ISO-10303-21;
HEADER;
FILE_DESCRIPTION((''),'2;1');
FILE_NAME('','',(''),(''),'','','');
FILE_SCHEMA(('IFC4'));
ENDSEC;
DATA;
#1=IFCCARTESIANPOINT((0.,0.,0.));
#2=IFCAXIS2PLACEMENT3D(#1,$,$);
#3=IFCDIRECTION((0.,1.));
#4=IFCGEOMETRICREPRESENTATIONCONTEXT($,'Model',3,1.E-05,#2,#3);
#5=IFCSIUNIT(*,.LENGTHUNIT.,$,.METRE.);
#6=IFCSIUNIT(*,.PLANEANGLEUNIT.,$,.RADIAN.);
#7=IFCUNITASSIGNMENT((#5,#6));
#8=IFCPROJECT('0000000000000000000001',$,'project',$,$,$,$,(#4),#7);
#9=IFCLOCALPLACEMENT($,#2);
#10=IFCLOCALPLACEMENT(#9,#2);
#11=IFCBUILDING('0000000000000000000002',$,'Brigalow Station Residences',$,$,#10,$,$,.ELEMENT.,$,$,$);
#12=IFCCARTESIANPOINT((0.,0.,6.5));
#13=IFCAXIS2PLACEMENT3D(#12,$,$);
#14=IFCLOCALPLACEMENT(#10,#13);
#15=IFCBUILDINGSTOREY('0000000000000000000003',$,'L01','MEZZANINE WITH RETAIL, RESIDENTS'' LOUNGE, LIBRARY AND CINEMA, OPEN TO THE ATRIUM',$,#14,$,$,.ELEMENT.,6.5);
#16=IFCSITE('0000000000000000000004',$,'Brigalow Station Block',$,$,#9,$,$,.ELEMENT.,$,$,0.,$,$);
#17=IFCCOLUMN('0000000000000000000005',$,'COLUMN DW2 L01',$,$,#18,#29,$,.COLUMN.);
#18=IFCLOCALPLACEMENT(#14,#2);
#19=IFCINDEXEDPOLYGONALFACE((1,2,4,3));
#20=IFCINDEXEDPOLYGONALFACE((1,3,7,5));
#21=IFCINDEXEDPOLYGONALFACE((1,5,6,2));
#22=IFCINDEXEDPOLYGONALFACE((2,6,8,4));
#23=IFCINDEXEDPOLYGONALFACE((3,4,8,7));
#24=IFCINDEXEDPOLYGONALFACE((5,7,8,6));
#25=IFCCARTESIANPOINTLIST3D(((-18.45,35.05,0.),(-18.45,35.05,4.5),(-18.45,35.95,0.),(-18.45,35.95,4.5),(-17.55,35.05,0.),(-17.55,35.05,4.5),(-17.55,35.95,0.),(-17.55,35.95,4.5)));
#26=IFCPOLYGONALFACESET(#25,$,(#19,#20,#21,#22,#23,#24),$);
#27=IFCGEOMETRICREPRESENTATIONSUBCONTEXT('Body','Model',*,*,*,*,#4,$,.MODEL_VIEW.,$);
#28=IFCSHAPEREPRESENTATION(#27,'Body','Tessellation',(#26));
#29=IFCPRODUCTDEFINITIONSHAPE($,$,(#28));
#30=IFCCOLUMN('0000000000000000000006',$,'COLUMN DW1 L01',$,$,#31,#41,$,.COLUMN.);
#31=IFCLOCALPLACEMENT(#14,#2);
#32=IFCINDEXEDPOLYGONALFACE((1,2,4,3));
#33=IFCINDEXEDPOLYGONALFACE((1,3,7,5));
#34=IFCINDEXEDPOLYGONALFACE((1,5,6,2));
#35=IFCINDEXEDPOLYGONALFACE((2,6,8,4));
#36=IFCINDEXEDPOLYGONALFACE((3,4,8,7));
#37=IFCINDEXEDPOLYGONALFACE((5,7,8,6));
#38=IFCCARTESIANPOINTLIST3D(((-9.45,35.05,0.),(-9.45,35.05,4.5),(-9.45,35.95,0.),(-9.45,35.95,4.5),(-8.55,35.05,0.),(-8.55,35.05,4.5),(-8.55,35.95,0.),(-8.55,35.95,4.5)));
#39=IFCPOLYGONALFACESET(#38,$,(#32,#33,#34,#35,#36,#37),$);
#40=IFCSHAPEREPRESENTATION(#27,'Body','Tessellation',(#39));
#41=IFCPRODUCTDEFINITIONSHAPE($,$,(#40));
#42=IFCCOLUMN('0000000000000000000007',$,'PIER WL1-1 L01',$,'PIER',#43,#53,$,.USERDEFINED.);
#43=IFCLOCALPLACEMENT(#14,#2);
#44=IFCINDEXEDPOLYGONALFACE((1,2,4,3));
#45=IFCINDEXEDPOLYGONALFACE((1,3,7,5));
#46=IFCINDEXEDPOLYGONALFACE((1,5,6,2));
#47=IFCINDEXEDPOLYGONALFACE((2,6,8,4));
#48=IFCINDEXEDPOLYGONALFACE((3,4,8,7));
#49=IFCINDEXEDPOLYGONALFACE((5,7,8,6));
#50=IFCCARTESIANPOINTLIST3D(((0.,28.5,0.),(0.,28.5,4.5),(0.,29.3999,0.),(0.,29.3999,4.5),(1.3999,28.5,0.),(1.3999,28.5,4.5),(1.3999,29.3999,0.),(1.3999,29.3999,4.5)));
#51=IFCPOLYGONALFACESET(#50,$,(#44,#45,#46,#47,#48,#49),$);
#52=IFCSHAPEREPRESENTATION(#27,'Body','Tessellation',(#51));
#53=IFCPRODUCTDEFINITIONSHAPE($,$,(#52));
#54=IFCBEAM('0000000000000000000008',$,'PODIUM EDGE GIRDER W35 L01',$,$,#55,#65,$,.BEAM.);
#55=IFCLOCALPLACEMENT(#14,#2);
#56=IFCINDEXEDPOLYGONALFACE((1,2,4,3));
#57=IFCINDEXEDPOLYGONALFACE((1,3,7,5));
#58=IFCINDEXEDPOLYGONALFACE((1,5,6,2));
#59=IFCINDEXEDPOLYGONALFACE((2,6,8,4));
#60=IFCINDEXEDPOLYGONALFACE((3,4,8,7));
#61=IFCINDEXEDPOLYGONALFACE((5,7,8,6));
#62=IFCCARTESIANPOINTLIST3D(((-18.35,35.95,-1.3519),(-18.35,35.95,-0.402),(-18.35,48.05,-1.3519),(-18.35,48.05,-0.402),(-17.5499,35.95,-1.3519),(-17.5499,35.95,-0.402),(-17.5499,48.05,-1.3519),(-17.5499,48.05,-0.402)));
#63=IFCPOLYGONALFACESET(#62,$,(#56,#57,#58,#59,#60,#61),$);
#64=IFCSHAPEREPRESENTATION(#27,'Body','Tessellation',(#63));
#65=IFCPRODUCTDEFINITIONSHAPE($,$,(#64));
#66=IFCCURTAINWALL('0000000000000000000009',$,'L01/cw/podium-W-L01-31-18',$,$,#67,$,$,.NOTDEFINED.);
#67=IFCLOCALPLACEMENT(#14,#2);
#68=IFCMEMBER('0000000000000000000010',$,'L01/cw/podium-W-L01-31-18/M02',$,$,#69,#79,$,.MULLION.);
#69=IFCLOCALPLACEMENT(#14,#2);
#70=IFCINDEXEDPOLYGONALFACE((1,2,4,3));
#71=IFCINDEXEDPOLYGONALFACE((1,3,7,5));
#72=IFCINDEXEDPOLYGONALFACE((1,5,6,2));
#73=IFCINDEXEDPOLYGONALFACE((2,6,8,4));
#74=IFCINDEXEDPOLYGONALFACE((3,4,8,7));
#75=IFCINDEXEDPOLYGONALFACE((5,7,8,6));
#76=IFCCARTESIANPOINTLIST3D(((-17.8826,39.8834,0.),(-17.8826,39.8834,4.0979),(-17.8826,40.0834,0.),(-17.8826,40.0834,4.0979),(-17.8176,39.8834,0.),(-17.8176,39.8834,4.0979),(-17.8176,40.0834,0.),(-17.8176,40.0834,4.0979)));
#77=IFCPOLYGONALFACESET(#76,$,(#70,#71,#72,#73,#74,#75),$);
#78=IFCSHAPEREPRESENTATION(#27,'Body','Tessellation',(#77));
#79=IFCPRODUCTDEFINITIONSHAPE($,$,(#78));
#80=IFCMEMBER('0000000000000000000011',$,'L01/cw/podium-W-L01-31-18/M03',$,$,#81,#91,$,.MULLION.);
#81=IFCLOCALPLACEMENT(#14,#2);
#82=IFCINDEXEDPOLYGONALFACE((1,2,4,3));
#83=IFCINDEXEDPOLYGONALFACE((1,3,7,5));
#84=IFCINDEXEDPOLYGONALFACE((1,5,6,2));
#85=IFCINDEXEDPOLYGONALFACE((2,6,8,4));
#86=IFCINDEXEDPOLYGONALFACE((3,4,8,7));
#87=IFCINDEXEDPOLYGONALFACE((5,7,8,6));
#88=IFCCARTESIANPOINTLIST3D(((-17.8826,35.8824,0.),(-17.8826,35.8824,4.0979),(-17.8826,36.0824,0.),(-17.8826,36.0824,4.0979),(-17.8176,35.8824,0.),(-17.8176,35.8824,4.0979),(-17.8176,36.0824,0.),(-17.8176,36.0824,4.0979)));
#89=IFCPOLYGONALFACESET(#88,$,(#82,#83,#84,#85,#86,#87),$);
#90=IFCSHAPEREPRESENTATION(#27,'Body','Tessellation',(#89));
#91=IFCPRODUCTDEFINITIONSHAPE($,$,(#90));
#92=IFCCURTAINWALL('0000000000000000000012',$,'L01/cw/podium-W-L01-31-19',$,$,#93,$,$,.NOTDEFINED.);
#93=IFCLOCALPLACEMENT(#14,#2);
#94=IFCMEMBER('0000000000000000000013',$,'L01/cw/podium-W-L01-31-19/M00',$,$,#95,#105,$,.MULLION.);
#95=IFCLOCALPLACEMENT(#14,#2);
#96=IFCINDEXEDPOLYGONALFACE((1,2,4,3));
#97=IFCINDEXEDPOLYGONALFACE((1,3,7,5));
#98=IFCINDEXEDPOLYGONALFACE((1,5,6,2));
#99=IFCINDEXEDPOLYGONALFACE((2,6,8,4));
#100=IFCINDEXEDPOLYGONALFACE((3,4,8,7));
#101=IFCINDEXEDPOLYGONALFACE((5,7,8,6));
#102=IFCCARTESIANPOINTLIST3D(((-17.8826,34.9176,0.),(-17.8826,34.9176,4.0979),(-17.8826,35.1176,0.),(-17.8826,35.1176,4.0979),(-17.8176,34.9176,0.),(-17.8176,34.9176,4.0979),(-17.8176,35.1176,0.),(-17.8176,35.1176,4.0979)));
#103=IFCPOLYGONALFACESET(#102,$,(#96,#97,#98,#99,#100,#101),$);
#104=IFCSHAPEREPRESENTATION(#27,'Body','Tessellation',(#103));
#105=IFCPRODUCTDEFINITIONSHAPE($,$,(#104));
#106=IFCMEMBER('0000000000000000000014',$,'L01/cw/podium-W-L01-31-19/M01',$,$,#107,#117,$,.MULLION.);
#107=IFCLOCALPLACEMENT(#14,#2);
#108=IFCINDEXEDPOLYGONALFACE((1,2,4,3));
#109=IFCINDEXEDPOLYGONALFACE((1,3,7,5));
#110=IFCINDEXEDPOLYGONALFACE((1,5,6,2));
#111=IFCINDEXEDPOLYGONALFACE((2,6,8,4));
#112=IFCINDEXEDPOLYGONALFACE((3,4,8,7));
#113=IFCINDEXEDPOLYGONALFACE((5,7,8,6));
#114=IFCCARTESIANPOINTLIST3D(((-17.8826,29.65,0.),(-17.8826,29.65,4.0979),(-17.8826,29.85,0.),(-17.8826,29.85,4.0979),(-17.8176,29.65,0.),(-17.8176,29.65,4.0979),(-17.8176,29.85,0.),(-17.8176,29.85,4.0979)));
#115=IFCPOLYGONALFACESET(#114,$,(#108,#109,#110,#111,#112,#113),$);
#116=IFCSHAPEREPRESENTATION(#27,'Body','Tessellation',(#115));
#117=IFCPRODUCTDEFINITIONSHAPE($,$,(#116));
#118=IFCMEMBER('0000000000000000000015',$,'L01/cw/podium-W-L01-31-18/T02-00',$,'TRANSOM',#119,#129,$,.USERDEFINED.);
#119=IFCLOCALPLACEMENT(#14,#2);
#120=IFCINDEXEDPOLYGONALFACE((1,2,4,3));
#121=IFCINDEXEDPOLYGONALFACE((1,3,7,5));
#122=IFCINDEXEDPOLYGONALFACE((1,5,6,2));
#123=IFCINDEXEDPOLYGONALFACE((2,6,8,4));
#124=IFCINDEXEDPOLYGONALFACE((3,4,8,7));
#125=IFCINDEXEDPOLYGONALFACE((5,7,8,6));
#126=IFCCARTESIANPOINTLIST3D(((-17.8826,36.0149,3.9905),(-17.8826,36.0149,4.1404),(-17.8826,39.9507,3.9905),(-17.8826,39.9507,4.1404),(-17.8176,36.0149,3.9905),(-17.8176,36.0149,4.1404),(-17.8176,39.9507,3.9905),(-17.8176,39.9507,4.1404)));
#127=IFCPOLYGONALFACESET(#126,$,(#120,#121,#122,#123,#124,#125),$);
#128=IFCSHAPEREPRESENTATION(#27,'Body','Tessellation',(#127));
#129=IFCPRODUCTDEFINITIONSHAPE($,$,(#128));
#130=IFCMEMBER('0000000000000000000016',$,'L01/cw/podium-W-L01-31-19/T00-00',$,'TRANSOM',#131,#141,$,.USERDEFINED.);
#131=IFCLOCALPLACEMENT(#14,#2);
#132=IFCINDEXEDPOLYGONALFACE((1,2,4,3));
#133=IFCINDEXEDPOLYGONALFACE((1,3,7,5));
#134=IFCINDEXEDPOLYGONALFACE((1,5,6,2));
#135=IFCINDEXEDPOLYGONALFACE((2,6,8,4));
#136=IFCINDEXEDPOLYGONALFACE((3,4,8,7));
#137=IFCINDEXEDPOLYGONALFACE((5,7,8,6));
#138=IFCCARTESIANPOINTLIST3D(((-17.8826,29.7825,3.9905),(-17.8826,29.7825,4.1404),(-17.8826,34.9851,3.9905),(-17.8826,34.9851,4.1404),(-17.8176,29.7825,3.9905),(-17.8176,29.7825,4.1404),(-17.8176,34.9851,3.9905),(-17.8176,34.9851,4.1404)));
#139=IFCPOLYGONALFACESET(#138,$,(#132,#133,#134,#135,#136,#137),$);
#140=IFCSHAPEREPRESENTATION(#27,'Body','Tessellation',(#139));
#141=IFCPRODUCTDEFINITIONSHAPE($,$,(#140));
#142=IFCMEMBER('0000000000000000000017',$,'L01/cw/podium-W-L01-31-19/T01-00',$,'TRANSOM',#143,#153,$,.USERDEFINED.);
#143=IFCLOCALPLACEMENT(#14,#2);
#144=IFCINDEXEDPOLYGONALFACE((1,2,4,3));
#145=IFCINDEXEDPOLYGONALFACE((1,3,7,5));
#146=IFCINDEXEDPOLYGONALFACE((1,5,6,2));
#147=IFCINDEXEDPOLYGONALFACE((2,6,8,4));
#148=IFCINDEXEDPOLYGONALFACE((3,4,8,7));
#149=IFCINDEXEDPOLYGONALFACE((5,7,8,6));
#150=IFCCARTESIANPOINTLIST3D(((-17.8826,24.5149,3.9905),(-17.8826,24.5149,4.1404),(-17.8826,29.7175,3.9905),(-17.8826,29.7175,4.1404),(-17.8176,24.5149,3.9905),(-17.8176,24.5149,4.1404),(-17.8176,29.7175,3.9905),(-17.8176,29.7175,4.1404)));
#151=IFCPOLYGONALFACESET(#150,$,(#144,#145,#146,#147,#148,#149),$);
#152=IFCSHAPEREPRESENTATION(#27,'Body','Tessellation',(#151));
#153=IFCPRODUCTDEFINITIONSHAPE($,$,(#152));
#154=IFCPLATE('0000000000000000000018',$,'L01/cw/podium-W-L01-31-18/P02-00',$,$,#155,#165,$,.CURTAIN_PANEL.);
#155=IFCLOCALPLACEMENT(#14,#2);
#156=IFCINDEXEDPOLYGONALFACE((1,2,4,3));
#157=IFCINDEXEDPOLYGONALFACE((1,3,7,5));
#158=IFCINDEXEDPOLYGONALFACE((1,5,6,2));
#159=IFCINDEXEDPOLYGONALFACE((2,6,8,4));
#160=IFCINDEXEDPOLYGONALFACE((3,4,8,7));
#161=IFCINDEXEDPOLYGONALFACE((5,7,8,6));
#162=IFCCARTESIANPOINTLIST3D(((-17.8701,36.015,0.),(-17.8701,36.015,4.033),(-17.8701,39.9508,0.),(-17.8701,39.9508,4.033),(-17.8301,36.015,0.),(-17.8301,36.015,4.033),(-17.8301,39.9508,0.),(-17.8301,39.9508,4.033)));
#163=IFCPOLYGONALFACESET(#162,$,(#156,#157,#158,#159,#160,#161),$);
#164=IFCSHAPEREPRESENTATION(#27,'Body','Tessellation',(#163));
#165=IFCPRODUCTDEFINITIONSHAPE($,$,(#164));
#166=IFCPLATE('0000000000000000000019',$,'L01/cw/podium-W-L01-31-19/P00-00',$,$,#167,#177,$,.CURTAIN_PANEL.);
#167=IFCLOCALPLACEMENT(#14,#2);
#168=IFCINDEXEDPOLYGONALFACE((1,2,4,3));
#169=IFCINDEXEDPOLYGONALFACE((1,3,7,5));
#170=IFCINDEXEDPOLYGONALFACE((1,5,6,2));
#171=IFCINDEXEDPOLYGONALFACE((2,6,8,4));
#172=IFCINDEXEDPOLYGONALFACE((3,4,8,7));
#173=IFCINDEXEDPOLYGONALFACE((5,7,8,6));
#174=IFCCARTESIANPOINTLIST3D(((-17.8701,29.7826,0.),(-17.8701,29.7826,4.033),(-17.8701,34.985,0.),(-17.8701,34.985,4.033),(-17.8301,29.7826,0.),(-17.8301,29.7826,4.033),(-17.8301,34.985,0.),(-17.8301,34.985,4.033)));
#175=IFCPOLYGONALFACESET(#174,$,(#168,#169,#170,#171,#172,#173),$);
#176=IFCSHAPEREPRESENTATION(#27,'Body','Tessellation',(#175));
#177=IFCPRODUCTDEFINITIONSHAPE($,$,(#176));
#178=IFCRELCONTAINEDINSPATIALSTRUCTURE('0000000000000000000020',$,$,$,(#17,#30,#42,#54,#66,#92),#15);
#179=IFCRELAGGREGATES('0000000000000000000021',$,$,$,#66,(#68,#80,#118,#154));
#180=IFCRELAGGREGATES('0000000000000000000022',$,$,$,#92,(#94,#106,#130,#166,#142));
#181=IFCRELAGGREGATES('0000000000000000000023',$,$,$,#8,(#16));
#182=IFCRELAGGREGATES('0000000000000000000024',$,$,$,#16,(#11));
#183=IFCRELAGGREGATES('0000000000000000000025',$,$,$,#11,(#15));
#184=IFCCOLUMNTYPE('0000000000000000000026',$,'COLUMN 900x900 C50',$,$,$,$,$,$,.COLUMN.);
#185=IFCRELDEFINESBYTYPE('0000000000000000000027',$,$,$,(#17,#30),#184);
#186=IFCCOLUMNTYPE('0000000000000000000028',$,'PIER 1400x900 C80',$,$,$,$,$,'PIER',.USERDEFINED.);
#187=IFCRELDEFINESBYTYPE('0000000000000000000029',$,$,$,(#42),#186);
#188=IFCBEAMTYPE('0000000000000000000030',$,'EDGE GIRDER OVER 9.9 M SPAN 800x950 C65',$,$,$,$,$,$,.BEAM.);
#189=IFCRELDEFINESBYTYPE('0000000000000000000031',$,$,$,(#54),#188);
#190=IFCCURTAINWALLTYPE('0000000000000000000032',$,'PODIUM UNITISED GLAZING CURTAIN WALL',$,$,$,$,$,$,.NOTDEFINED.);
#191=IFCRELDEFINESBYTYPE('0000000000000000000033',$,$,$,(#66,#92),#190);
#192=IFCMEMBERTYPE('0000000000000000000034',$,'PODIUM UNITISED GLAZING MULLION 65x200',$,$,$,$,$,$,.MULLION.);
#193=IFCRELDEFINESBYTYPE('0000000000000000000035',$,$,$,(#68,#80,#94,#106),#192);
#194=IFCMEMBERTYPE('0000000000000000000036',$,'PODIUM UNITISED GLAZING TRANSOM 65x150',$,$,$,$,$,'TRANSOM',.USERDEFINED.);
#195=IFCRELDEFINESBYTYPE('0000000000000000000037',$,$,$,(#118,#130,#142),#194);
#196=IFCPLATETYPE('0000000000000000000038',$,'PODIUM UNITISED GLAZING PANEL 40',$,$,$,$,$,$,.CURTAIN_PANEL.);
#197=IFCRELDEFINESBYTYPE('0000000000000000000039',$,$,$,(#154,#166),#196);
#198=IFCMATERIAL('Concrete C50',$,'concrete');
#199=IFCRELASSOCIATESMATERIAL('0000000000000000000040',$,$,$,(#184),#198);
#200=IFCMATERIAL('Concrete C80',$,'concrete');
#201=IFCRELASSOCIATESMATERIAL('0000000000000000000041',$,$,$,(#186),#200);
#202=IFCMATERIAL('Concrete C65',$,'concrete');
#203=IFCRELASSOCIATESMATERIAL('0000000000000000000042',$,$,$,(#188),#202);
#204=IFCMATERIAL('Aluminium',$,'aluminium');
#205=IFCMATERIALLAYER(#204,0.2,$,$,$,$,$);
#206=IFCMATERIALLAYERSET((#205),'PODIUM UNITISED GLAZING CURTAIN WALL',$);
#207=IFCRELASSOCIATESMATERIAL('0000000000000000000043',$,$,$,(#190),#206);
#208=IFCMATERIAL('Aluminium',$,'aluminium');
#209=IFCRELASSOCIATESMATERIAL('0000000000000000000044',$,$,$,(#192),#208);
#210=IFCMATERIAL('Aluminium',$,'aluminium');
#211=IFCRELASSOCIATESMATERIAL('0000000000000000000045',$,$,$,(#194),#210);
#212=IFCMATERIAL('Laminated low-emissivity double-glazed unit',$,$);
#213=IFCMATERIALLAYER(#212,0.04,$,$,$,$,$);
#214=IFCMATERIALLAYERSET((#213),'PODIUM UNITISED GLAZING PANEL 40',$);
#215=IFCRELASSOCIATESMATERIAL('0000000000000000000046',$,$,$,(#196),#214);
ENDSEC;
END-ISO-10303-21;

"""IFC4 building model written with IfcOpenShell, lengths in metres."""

from ifc_helpers import new_model, si_unit, direction, frame, origin, origin_2d, place, context, subcontext, project, spatial, rectangle, extrude, material, layer, layer_set, material_profile, profile_set, type_object, element, aggregate, save


model = new_model("IFC4")

# Units and contexts
model_context = context("Model", 3, precision=1e-05, world=origin(), true_north=direction((0.0, 1.0)))
body_context = subcontext(model_context, "Body", "Model", "MODEL_VIEW")
ifc_project = project(units=[si_unit("LENGTHUNIT", "METRE"), si_unit("PLANEANGLEUNIT", "RADIAN")], contexts=[model_context])

# Site, building, storey
site_placement = place(None, origin())
site = spatial("IfcSite", under=ifc_project, at=site_placement, Name="Brigalow Station Block", CompositionType="ELEMENT", RefElevation=0.0)
building_placement = place(site_placement, origin())
building = spatial("IfcBuilding", under=site, at=building_placement, Name="Brigalow Station Residences", CompositionType="ELEMENT")
storey_placement = place(building_placement, frame((0.0, 0.0, 6.5)))
storey = spatial("IfcBuildingStorey", under=building, at=storey_placement, Name="L01", Description="MEZZANINE WITH RETAIL, RESIDENTS' LOUNGE, LIBRARY AND CINEMA, OPEN TO THE ATRIUM", CompositionType="ELEMENT", Elevation=6.5)

# Columns
ifc_material_1 = material(Name="Concrete C50", Category="concrete")
ifc_material_profile_1 = material_profile(ifc_material_1, rectangle(XDim=0.8999, YDim=0.8999, at=origin_2d()), Name="RC900x900")
ifc_profile_set_1 = profile_set([ifc_material_profile_1], Name="Concrete C50")
column_type_1 = type_object("IfcColumnType", Name="COLUMN 900x900 C50", PredefinedType="COLUMN", material=ifc_profile_set_1)
for number, where, z_axis, x_axis, name in (
    (1, (-18.0, 35.5, 0.0), (0.0, 0.0, 1.0), (1.0, 0.0, 0.0), "COLUMN DW2 L01"),
    (2, (-9.0, 35.5, 0.0), (0.0, 0.0, 1.0), (1.0, 0.0, 0.0), "COLUMN DW1 L01"),
):
    element("IfcColumn", number, at=place(storey_placement, frame(where, z_axis=z_axis, x_axis=x_axis)), inside=storey, type_object=column_type_1, Name=name, PredefinedType="COLUMN", context=body_context, shape_type="SweptSolid", body=[
        extrude(rectangle(XDim=0.8999, YDim=0.8999, at=origin_2d()), origin(), (0.0, 0.0, 1.0), 4.5),
    ])
ifc_material_2 = material(Name="Concrete C80", Category="concrete")
ifc_material_profile_2 = material_profile(ifc_material_2, rectangle(XDim=1.3999, YDim=0.8999, at=origin_2d()), Name="RC1400x900")
ifc_profile_set_2 = profile_set([ifc_material_profile_2], Name="Concrete C80")
column_type_2 = type_object("IfcColumnType", Name="PIER 1400x900 C80", ElementType="PIER", PredefinedType="USERDEFINED", material=ifc_profile_set_2)
column_placement = place(storey_placement, frame((0.7, 28.95, 0.0), z_axis=(0.0, 0.0, 1.0), x_axis=(1.0, 0.0, 0.0)))
element("IfcColumn", 3, at=column_placement, inside=storey, type_object=column_type_2, Name="PIER WL1-1 L01", ObjectType="PIER", PredefinedType="USERDEFINED", context=body_context, shape_type="SweptSolid", body=[
    extrude(rectangle(XDim=1.3999, YDim=0.8999, at=origin_2d()), origin(), (0.0, 0.0, 1.0), 4.5),
])

# Beam
ifc_material_3 = material(Name="Concrete C65", Category="concrete")
ifc_material_profile_3 = material_profile(ifc_material_3, rectangle(XDim=0.8, YDim=0.95, at=origin_2d()), Name="RC800x950")
ifc_profile_set_3 = profile_set([ifc_material_profile_3], Name="Concrete C65")
beam_type = type_object("IfcBeamType", Name="EDGE GIRDER OVER 9.9 M SPAN 800x950 C65", PredefinedType="BEAM", material=ifc_profile_set_3)
beam_placement = place(storey_placement, frame((-17.95, 35.95, -0.877), z_axis=(0.0, 1.0, 0.0), x_axis=(-1.0, 0.0, 0.0)))
element("IfcBeam", 4, at=beam_placement, inside=storey, type_object=beam_type, Name="PODIUM EDGE GIRDER W35 L01", PredefinedType="BEAM", context=body_context, shape_type="SweptSolid", body=[
    extrude(rectangle(XDim=0.8, YDim=0.95, at=origin_2d()), origin(), (0.0, 0.0, 1.0), 12.1001),
])

# Curtain walls, members
ifc_material_4 = material(Name="Aluminium", Category="aluminium")
ifc_layer_1 = layer(ifc_material_4, 0.2)
ifc_layer_set_1 = layer_set([ifc_layer_1], Name="PODIUM UNITISED GLAZING CURTAIN WALL")
curtain_wall_type = type_object("IfcCurtainWallType", Name="PODIUM UNITISED GLAZING CURTAIN WALL", PredefinedType="NOTDEFINED", material=ifc_layer_set_1)
curtain_wall_1_placement = place(storey_placement, origin())
curtain_wall_1 = element("IfcCurtainWall", 5, at=curtain_wall_1_placement, inside=storey, type_object=curtain_wall_type, Name="L01/cw/podium-W-L01-31-18", PredefinedType="NOTDEFINED")
ifc_material_5 = material(Name="Aluminium", Category="aluminium")
ifc_material_profile_4 = material_profile(ifc_material_5, rectangle(XDim=0.0649, YDim=0.2, at=origin_2d()), Name="PODIUM UNITISED GLAZING MULLION 65x200")
ifc_profile_set_4 = profile_set([ifc_material_profile_4], Name="Aluminium")
member_type_1 = type_object("IfcMemberType", Name="PODIUM UNITISED GLAZING MULLION 65x200", PredefinedType="MULLION", material=ifc_profile_set_4)
member_1_placement = place(storey_placement, frame((-17.8501, 39.9834, 0.0), z_axis=(0.0, 0.0, 1.0), x_axis=(1.0, 0.0, 0.0)))
member_1 = element("IfcMember", 6, at=member_1_placement, type_object=member_type_1, Name="L01/cw/podium-W-L01-31-18/M02", PredefinedType="MULLION", context=body_context, shape_type="SweptSolid", body=[
    extrude(rectangle(XDim=0.0649, YDim=0.2, at=origin_2d()), origin(), (0.0, 0.0, 1.0), 4.0979),
])
member_2_placement = place(storey_placement, frame((-17.8501, 35.9824, 0.0), z_axis=(0.0, 0.0, 1.0), x_axis=(1.0, 0.0, 0.0)))
member_2 = element("IfcMember", 7, at=member_2_placement, type_object=member_type_1, Name="L01/cw/podium-W-L01-31-18/M03", PredefinedType="MULLION", context=body_context, shape_type="SweptSolid", body=[
    extrude(rectangle(XDim=0.0649, YDim=0.2, at=origin_2d()), origin(), (0.0, 0.0, 1.0), 4.0979),
])
curtain_wall_2_placement = place(storey_placement, origin())
curtain_wall_2 = element("IfcCurtainWall", 8, at=curtain_wall_2_placement, inside=storey, type_object=curtain_wall_type, Name="L01/cw/podium-W-L01-31-19", PredefinedType="NOTDEFINED")
member_3_placement = place(storey_placement, frame((-17.8501, 35.0176, 0.0), z_axis=(0.0, 0.0, 1.0), x_axis=(1.0, 0.0, 0.0)))
member_3 = element("IfcMember", 9, at=member_3_placement, type_object=member_type_1, Name="L01/cw/podium-W-L01-31-19/M00", PredefinedType="MULLION", context=body_context, shape_type="SweptSolid", body=[
    extrude(rectangle(XDim=0.0649, YDim=0.2, at=origin_2d()), origin(), (0.0, 0.0, 1.0), 4.0979),
])
member_4_placement = place(storey_placement, frame((-17.8501, 29.75, 0.0), z_axis=(0.0, 0.0, 1.0), x_axis=(1.0, 0.0, 0.0)))
member_4 = element("IfcMember", 10, at=member_4_placement, type_object=member_type_1, Name="L01/cw/podium-W-L01-31-19/M01", PredefinedType="MULLION", context=body_context, shape_type="SweptSolid", body=[
    extrude(rectangle(XDim=0.0649, YDim=0.2, at=origin_2d()), origin(), (0.0, 0.0, 1.0), 4.0979),
])

# Members
ifc_material_6 = material(Name="Aluminium", Category="aluminium")
ifc_material_profile_5 = material_profile(ifc_material_6, rectangle(XDim=0.0649, YDim=0.1499, at=origin_2d()), Name="PODIUM UNITISED GLAZING TRANSOM 65x150")
ifc_profile_set_5 = profile_set([ifc_material_profile_5], Name="Aluminium")
member_type_2 = type_object("IfcMemberType", Name="PODIUM UNITISED GLAZING TRANSOM 65x150", ElementType="TRANSOM", PredefinedType="USERDEFINED", material=ifc_profile_set_5)
member_5_placement = place(storey_placement, frame((-17.8501, 39.9507, 4.0654), z_axis=(0.0, -1.0, 0.0), x_axis=(1.0, 0.0, 0.0)))
member_5 = element("IfcMember", 11, at=member_5_placement, type_object=member_type_2, Name="L01/cw/podium-W-L01-31-18/T02-00", ObjectType="TRANSOM", PredefinedType="USERDEFINED", context=body_context, shape_type="SweptSolid", body=[
    extrude(rectangle(XDim=0.0649, YDim=0.1499, at=origin_2d()), origin(), (0.0, 0.0, 1.0), 3.9358),
])
member_6_placement = place(storey_placement, frame((-17.8501, 34.9851, 4.0654), z_axis=(0.0, -1.0, 0.0), x_axis=(1.0, 0.0, 0.0)))
member_6 = element("IfcMember", 12, at=member_6_placement, type_object=member_type_2, Name="L01/cw/podium-W-L01-31-19/T00-00", ObjectType="TRANSOM", PredefinedType="USERDEFINED", context=body_context, shape_type="SweptSolid", body=[
    extrude(rectangle(XDim=0.0649, YDim=0.1499, at=origin_2d()), origin(), (0.0, 0.0, 1.0), 5.2026),
])
member_7_placement = place(storey_placement, frame((-17.8501, 29.7175, 4.0654), z_axis=(0.0, -1.0, 0.0), x_axis=(1.0, 0.0, 0.0)))
member_7 = element("IfcMember", 13, at=member_7_placement, type_object=member_type_2, Name="L01/cw/podium-W-L01-31-19/T01-00", ObjectType="TRANSOM", PredefinedType="USERDEFINED", context=body_context, shape_type="SweptSolid", body=[
    extrude(rectangle(XDim=0.0649, YDim=0.1499, at=origin_2d()), origin(), (0.0, 0.0, 1.0), 5.2026),
])

# Plates
ifc_material_7 = material(Name="Laminated low-emissivity double-glazed unit")
ifc_layer_2 = layer(ifc_material_7, 0.04)
ifc_layer_set_2 = layer_set([ifc_layer_2], Name="PODIUM UNITISED GLAZING PANEL 40")
plate_type = type_object("IfcPlateType", Name="PODIUM UNITISED GLAZING PANEL 40", PredefinedType="CURTAIN_PANEL", material=ifc_layer_set_2)
plate_1_placement = place(storey_placement, frame((-17.8501, 37.9829, 0.0), z_axis=(0.0, 0.0, 1.0), x_axis=(0.0, -1.0, 0.0)))
plate_1 = element("IfcPlate", 14, at=plate_1_placement, type_object=plate_type, Name="L01/cw/podium-W-L01-31-18/P02-00", PredefinedType="CURTAIN_PANEL", context=body_context, shape_type="SweptSolid", body=[
    extrude(rectangle(XDim=3.9358, YDim=0.04, at=origin_2d()), origin(), (0.0, 0.0, 1.0), 4.033),
])
aggregate(curtain_wall_1, [member_1, member_2, member_5, plate_1])
plate_2_placement = place(storey_placement, frame((-17.8501, 32.3838, 0.0), z_axis=(0.0, 0.0, 1.0), x_axis=(0.0, -1.0, 0.0)))
plate_2 = element("IfcPlate", 15, at=plate_2_placement, type_object=plate_type, Name="L01/cw/podium-W-L01-31-19/P00-00", PredefinedType="CURTAIN_PANEL", context=body_context, shape_type="SweptSolid", body=[
    extrude(rectangle(XDim=5.2024, YDim=0.04, at=origin_2d()), origin(), (0.0, 0.0, 1.0), 4.033),
])
aggregate(curtain_wall_2, [member_3, member_4, member_6, plate_2, member_7])

save(model, "model.ifc")
